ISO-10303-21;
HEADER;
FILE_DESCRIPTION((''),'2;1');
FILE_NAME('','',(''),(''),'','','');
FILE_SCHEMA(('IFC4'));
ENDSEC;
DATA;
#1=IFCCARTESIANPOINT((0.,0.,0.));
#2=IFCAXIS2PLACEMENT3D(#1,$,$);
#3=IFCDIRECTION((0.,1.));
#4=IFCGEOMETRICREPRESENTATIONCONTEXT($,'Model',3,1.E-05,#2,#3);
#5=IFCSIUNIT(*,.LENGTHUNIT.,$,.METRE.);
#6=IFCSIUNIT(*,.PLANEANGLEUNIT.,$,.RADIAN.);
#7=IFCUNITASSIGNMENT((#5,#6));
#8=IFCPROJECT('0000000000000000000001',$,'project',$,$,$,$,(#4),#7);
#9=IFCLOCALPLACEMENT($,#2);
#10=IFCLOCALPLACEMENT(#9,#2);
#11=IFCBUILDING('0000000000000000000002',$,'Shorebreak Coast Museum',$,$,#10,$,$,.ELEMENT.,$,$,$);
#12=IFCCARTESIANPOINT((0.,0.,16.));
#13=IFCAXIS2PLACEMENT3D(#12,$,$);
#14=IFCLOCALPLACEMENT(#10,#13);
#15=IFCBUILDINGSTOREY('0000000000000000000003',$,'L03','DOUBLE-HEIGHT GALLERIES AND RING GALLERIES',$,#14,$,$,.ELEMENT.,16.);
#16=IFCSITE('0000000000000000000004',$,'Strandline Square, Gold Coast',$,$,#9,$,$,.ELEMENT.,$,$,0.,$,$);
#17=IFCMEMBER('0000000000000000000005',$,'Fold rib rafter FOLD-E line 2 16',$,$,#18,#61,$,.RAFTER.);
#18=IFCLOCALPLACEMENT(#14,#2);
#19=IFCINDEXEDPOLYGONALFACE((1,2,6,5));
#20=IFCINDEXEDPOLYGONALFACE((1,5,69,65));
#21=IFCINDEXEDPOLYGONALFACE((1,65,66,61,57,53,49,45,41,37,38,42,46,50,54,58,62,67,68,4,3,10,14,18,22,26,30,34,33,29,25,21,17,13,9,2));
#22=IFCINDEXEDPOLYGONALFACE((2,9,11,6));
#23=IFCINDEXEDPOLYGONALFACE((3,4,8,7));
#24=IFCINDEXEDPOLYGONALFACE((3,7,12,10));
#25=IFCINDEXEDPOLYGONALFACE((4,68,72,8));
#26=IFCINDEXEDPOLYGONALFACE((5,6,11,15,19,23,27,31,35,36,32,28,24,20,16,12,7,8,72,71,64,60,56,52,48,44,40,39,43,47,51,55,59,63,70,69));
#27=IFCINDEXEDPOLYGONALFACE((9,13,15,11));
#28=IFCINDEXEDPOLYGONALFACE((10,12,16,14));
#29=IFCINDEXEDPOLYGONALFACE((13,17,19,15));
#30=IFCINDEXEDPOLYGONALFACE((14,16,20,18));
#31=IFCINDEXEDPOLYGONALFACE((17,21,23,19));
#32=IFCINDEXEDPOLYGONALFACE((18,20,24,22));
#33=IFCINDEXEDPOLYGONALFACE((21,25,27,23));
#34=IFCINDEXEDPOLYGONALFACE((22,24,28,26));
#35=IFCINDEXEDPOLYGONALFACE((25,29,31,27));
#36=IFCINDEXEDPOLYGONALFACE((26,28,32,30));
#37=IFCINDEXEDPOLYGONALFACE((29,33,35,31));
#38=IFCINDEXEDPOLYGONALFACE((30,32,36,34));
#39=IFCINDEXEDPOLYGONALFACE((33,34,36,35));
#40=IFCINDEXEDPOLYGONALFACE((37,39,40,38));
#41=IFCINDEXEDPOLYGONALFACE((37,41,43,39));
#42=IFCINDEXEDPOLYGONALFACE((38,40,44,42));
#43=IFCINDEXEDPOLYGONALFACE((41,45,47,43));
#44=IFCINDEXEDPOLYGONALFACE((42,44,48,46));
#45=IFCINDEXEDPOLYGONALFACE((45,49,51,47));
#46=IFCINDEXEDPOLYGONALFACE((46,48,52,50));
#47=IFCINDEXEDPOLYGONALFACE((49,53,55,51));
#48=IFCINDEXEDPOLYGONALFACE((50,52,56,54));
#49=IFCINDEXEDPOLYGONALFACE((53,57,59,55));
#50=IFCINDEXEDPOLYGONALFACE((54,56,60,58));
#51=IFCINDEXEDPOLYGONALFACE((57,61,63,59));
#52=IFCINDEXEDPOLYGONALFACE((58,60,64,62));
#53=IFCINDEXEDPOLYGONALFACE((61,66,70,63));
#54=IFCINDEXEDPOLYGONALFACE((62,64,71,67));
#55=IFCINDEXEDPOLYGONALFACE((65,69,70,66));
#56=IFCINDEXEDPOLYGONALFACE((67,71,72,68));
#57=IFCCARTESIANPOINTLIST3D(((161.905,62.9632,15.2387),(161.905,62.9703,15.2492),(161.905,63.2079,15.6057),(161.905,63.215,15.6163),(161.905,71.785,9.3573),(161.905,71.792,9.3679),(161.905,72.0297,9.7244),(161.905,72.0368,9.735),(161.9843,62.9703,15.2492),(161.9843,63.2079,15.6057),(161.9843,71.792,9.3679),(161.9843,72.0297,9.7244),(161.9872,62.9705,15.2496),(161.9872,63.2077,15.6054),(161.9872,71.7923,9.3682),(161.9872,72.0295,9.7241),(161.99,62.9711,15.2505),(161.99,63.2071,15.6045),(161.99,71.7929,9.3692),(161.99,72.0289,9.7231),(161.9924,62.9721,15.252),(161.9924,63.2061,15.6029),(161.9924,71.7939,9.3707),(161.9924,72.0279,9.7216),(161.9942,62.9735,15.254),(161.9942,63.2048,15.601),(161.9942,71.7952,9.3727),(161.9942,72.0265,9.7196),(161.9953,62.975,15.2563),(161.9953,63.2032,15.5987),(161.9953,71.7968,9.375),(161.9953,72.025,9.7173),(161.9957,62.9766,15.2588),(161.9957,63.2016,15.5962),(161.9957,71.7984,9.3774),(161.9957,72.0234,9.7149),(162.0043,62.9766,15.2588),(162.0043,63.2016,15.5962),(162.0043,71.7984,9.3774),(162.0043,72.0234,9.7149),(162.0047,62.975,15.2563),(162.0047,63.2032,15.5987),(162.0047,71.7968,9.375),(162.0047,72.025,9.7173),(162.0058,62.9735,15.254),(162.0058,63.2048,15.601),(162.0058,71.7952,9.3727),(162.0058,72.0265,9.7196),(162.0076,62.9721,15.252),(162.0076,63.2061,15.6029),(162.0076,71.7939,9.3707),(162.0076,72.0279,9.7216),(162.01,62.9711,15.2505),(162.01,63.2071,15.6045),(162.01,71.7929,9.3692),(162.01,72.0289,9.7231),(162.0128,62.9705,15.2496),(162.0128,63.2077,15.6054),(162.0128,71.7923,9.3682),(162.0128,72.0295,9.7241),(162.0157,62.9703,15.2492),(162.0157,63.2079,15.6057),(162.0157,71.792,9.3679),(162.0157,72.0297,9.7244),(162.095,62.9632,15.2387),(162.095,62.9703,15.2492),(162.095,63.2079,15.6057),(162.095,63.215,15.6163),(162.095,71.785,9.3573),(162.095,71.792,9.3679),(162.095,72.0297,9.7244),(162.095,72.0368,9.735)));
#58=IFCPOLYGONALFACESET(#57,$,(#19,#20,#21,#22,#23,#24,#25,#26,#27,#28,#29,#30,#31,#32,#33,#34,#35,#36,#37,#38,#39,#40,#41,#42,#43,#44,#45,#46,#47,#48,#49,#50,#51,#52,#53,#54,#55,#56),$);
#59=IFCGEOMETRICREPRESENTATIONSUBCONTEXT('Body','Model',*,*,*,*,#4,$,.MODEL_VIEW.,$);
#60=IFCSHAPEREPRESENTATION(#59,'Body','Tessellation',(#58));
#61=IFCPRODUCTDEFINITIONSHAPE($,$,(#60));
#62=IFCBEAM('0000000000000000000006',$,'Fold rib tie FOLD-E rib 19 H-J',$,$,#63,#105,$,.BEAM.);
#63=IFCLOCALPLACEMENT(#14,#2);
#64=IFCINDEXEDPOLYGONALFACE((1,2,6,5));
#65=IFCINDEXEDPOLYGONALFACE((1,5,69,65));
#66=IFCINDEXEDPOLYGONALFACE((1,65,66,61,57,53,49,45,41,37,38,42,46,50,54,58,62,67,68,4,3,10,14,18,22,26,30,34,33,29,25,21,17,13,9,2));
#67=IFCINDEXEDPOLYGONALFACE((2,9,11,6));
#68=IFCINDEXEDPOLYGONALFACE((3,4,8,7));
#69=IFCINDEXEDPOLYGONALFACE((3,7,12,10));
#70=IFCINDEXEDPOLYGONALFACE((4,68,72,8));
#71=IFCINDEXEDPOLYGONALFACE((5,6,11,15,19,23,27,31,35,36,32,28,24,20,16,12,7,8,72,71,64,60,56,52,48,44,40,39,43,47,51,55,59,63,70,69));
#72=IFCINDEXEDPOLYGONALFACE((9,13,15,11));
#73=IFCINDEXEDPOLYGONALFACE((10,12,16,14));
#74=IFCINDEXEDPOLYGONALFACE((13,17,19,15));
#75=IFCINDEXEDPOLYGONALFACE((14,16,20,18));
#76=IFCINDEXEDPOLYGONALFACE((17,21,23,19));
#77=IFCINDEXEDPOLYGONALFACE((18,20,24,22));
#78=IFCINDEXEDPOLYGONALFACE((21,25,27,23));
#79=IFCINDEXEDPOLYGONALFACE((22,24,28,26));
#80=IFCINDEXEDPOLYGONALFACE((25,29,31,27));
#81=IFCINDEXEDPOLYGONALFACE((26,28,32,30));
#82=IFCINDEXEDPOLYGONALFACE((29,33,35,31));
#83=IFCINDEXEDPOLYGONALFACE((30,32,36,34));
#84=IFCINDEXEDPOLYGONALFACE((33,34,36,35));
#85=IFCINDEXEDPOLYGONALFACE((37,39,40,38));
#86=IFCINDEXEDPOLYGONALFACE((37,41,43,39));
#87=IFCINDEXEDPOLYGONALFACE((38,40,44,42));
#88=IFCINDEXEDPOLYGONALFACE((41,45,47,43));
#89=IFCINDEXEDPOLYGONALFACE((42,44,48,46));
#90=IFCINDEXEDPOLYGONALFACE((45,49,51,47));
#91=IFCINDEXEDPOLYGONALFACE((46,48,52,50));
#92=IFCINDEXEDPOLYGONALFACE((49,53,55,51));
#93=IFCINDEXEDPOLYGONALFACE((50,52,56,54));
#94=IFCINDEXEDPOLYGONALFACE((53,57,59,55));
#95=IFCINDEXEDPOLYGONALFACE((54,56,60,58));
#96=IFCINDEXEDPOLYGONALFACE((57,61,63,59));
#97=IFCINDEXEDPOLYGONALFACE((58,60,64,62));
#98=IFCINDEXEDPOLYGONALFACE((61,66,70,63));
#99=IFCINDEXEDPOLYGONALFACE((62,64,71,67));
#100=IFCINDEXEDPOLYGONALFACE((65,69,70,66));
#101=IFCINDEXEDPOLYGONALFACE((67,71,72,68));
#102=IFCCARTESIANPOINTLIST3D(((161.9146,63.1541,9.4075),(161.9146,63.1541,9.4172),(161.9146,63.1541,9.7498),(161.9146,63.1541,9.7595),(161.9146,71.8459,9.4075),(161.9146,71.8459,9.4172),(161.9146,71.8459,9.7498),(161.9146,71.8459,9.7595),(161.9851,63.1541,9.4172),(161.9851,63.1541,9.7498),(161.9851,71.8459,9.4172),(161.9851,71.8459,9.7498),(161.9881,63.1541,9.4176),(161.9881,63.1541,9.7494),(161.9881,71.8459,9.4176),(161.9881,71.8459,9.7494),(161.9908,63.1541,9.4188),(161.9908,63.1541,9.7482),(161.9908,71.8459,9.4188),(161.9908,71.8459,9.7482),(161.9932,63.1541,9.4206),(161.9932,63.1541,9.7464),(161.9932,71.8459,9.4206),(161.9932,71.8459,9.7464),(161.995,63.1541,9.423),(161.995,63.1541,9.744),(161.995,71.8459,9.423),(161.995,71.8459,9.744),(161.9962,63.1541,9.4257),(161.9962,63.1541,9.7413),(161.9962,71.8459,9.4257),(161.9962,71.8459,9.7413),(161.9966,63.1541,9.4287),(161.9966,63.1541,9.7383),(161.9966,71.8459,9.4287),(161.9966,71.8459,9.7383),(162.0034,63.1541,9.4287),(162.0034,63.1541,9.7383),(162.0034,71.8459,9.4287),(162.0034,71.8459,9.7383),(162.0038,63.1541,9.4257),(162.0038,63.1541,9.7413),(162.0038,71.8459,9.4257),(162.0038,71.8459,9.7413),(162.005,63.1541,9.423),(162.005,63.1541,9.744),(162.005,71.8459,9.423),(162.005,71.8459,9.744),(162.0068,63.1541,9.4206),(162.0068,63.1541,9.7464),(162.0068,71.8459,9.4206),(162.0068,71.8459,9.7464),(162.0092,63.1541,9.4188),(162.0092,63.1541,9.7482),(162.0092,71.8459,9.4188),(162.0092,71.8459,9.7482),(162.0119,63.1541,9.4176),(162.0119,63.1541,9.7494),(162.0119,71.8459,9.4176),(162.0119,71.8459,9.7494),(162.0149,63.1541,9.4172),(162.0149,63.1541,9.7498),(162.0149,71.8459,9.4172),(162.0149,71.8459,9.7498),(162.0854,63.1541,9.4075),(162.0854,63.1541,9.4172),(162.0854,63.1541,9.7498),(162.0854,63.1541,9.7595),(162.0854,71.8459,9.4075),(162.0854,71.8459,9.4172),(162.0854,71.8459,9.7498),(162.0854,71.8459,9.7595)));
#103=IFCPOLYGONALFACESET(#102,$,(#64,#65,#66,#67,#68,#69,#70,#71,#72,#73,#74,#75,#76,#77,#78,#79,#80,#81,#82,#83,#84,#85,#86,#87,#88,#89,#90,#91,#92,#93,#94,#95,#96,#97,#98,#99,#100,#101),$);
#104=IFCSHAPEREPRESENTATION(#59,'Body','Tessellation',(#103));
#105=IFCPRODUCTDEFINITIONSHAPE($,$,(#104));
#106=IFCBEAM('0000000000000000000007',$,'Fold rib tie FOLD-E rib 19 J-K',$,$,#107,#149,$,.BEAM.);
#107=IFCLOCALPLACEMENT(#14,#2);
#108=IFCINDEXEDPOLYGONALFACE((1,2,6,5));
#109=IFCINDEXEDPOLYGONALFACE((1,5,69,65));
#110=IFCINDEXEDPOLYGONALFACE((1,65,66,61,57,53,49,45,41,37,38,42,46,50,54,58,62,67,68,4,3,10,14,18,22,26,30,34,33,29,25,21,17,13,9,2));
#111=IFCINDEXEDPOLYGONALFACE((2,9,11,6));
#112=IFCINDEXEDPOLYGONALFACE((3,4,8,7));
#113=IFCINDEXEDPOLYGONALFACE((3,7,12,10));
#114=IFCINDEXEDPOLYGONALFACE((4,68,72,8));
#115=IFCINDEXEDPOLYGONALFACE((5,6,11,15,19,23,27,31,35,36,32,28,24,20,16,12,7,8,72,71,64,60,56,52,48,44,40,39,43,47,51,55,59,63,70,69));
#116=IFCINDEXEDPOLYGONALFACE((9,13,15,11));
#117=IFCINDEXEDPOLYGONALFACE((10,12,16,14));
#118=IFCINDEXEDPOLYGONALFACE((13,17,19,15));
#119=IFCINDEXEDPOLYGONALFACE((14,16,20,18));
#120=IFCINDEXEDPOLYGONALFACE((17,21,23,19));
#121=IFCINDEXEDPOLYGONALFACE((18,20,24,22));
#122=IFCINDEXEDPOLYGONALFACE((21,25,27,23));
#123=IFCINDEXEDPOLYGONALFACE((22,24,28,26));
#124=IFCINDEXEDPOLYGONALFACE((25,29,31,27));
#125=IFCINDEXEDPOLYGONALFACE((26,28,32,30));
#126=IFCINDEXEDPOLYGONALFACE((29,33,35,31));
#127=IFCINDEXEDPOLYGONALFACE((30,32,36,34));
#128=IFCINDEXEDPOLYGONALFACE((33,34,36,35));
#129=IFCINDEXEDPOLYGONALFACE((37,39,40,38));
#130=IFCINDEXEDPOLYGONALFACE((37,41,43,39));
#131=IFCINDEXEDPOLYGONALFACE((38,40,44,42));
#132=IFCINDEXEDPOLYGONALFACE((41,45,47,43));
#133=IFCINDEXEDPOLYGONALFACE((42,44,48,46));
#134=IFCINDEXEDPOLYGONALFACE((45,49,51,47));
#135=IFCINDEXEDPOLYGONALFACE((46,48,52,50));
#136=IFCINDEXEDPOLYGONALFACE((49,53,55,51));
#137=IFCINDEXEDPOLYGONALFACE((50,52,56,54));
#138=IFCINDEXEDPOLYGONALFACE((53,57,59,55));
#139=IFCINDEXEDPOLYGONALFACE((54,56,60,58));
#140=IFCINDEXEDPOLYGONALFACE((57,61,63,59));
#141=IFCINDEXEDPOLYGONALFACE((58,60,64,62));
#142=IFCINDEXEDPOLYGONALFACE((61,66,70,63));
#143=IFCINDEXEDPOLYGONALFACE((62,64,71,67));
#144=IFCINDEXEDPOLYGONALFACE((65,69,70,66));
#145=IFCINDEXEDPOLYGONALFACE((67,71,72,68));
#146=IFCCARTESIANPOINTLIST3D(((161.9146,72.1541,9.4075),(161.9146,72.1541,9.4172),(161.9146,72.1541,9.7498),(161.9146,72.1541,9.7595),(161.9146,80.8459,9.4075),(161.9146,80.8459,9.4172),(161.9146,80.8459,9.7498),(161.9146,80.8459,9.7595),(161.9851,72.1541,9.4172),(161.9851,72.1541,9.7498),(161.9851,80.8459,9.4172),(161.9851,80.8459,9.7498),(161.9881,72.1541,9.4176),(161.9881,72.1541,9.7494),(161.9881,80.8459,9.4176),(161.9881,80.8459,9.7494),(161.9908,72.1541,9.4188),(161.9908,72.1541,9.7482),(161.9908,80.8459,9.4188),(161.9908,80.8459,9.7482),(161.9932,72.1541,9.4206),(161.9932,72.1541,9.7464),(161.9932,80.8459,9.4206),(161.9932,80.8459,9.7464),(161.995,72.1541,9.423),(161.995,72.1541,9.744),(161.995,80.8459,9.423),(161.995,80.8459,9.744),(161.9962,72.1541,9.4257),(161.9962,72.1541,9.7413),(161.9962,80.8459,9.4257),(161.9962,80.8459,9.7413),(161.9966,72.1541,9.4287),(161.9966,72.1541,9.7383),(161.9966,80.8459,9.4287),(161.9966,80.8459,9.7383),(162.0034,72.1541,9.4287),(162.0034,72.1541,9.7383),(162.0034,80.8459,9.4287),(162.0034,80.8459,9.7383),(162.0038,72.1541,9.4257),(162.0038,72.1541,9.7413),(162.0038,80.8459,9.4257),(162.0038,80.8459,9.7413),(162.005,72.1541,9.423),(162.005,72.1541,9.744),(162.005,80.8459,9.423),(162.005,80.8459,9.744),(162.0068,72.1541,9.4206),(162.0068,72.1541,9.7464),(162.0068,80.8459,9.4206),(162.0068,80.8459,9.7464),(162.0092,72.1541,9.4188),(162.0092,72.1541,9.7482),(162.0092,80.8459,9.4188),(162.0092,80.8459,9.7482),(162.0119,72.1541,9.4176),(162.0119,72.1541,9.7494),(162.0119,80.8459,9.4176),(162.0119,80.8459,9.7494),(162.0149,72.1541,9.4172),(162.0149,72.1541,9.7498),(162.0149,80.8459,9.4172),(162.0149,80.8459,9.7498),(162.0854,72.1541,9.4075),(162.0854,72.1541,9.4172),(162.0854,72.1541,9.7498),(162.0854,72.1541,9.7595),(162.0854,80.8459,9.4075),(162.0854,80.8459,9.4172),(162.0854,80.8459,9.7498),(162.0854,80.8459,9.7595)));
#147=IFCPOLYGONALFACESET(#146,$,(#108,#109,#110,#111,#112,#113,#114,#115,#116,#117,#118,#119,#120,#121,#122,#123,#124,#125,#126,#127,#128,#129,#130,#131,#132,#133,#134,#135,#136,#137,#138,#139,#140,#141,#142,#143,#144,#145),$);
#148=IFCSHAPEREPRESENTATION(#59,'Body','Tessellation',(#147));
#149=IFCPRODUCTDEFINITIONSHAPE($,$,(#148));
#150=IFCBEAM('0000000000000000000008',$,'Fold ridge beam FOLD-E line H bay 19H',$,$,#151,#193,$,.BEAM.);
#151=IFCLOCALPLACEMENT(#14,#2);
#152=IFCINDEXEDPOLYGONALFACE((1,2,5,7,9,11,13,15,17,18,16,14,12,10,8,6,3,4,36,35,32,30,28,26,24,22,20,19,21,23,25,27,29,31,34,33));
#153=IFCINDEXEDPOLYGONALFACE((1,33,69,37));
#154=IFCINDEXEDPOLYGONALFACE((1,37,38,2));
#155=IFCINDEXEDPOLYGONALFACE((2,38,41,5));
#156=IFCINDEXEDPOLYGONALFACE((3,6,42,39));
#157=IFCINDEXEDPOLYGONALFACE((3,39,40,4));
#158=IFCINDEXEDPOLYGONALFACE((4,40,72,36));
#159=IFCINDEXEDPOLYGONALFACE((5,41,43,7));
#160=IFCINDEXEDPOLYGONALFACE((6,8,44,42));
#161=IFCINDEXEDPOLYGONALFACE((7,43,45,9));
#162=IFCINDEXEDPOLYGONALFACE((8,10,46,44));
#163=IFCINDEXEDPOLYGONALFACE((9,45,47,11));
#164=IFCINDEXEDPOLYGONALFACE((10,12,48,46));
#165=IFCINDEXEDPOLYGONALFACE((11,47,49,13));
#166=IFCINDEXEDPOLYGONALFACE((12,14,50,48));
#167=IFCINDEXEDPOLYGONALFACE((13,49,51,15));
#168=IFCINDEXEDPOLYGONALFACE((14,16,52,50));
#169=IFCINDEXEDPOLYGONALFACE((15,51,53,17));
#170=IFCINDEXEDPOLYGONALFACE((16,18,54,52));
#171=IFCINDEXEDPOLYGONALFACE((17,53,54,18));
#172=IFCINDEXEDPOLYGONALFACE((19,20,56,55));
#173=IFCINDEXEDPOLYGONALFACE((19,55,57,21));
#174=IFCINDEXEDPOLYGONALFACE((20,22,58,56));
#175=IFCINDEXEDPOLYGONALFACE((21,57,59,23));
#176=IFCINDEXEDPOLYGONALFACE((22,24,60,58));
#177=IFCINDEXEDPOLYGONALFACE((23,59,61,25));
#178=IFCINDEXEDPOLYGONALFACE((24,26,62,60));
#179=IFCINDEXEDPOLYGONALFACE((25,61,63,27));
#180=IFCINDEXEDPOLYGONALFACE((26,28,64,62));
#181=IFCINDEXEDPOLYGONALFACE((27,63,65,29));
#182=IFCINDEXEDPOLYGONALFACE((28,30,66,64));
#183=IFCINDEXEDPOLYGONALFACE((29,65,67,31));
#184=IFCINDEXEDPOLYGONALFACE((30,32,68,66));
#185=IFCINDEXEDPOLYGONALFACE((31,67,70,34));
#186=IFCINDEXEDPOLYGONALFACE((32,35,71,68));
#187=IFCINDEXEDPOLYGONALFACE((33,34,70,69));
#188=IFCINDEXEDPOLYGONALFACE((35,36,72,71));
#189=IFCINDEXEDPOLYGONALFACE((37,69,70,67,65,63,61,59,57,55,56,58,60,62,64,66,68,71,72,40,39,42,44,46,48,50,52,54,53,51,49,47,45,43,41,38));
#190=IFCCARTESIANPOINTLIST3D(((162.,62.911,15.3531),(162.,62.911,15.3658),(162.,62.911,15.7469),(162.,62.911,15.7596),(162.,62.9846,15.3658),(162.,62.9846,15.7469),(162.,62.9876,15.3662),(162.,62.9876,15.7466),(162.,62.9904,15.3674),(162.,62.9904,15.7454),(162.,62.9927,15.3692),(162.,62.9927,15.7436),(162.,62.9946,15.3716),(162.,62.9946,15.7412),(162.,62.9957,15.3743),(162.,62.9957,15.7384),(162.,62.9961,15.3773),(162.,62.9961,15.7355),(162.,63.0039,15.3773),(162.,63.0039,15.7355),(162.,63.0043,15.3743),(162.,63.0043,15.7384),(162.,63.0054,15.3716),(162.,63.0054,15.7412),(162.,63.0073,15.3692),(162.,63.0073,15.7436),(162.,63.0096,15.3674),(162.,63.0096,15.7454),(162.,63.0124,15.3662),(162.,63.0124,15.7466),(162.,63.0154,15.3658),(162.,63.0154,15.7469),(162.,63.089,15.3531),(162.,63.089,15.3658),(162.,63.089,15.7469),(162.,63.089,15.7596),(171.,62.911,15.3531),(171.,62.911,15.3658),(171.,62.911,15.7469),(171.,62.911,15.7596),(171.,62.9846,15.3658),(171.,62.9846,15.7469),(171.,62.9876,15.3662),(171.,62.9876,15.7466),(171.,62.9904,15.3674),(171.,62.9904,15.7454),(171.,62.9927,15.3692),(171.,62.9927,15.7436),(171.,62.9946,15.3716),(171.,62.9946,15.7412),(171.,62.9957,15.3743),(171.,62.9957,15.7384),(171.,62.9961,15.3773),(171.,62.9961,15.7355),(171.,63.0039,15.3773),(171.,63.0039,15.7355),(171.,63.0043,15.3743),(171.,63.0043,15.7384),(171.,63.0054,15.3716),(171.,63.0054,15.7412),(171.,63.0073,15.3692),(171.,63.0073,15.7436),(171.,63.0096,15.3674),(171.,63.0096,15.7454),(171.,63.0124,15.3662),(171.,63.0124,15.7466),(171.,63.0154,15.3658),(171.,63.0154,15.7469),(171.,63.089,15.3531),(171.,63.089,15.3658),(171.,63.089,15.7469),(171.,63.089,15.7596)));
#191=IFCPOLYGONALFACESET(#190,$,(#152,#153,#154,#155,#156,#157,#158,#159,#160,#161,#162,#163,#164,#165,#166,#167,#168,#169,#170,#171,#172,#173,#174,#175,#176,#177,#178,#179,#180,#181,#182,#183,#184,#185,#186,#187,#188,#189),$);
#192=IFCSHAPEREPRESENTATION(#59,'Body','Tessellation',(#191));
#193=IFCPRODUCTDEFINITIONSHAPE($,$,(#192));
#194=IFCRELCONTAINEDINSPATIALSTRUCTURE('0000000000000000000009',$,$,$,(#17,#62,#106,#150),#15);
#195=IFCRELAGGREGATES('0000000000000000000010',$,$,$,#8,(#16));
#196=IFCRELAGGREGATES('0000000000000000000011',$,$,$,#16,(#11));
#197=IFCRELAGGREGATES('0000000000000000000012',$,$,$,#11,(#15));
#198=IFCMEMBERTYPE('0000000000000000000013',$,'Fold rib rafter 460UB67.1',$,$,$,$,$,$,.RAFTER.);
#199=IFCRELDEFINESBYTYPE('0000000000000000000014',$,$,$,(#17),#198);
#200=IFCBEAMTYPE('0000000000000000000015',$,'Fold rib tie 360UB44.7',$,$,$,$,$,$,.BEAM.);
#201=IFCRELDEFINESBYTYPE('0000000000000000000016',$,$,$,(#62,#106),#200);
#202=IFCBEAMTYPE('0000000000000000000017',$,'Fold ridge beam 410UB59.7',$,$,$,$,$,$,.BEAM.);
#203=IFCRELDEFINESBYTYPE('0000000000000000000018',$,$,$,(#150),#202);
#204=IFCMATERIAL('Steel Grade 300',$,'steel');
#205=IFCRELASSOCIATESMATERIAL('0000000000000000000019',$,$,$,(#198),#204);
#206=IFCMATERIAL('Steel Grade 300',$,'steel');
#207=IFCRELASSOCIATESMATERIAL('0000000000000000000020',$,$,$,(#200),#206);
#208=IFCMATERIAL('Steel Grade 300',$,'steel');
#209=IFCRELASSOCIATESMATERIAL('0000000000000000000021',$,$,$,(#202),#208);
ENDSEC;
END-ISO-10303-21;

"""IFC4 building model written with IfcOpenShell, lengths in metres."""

from ifc_helpers import new_model, si_unit, direction, frame, origin, origin_2d, place, context, subcontext, project, spatial, i_section, extrude, material, material_profile, profile_set, type_object, element, save


model = new_model("IFC4")

# Units and contexts
model_context = context("Model", 3, precision=1e-05, world=origin(), true_north=direction((0.0, 1.0)))
body_context = subcontext(model_context, "Body", "Model", "MODEL_VIEW")
ifc_project = project(units=[si_unit("LENGTHUNIT", "METRE"), si_unit("PLANEANGLEUNIT", "RADIAN")], contexts=[model_context])

# Site, building, storey
site_placement = place(None, origin())
site = spatial("IfcSite", under=ifc_project, at=site_placement, Name="Strandline Square, Gold Coast", CompositionType="ELEMENT", RefElevation=0.0)
building_placement = place(site_placement, origin())
building = spatial("IfcBuilding", under=site, at=building_placement, Name="Shorebreak Coast Museum", CompositionType="ELEMENT")
storey_placement = place(building_placement, frame((0.0, 0.0, 16.0)))
storey = spatial("IfcBuildingStorey", under=building, at=storey_placement, Name="L03", Description="DOUBLE-HEIGHT GALLERIES AND RING GALLERIES", CompositionType="ELEMENT", Elevation=16.0)

# Member
ifc_material_1 = material(Name="Steel Grade 300", Category="steel")
ifc_material_profile_1 = material_profile(ifc_material_1, i_section(OverallWidth=0.1899, OverallDepth=0.4539, WebThickness=0.0085, FlangeThickness=0.0127, FilletRadius=0.0115, at=origin_2d()), Name="460UB67.1")
ifc_profile_set_1 = profile_set([ifc_material_profile_1], Name="Steel Grade 300")
member_type_1 = type_object("IfcMemberType", Name="Fold rib rafter 460UB67.1", PredefinedType="RAFTER", material=ifc_profile_set_1)
member_placement = place(storey_placement, frame((162.0, 63.0891, 15.4275), z_axis=(0.0, 0.832043, -0.554711), x_axis=(-1.0, 0.0, 0.0)))
element("IfcMember", 1, at=member_placement, inside=storey, type_object=member_type_1, Name="Fold rib rafter FOLD-E line 2 16", PredefinedType="RAFTER", context=body_context, shape_type="SweptSolid", body=[
    extrude(i_section(OverallWidth=0.1899, OverallDepth=0.4539, WebThickness=0.0085, FlangeThickness=0.0127, FilletRadius=0.0115, at=origin_2d()), origin(), (0.0, 0.0, 1.0), 10.6025),
])

# Beams
ifc_material_2 = material(Name="Steel Grade 300", Category="steel")
ifc_material_profile_2 = material_profile(ifc_material_2, i_section(OverallWidth=0.1709, OverallDepth=0.3521, WebThickness=0.0068, FlangeThickness=0.0098, FilletRadius=0.0115, at=origin_2d()), Name="360UB44.7")
ifc_profile_set_2 = profile_set([ifc_material_profile_2], Name="Steel Grade 300")
beam_type_1 = type_object("IfcBeamType", Name="Fold rib tie 360UB44.7", PredefinedType="BEAM", material=ifc_profile_set_2)
for number, where, z_axis, x_axis, name in (
    (2, (162.0, 63.1541, 9.5835), (0.0, 1.0, 0.0), (-1.0, 0.0, 0.0), "Fold rib tie FOLD-E rib 19 H-J"),
    (3, (162.0, 72.1541, 9.5835), (0.0, 1.0, 0.0), (-1.0, 0.0, 0.0), "Fold rib tie FOLD-E rib 19 J-K"),
):
    element("IfcBeam", number, at=place(storey_placement, frame(where, z_axis=z_axis, x_axis=x_axis)), inside=storey, type_object=beam_type_1, Name=name, PredefinedType="BEAM", context=body_context, shape_type="SweptSolid", body=[
        extrude(i_section(OverallWidth=0.1709, OverallDepth=0.3521, WebThickness=0.0068, FlangeThickness=0.0098, FilletRadius=0.0115, at=origin_2d()), origin(), (0.0, 0.0, 1.0), 8.6919),
    ])
ifc_material_3 = material(Name="Steel Grade 300", Category="steel")
ifc_material_profile_3 = material_profile(ifc_material_3, i_section(OverallWidth=0.178, OverallDepth=0.4065, WebThickness=0.0078, FlangeThickness=0.0127, FilletRadius=0.0115, at=origin_2d()), Name="410UB59.7")
ifc_profile_set_3 = profile_set([ifc_material_profile_3], Name="Steel Grade 300")
beam_type_2 = type_object("IfcBeamType", Name="Fold ridge beam 410UB59.7", PredefinedType="BEAM", material=ifc_profile_set_3)
beam_1_placement = place(storey_placement, frame((162.0, 63.0, 15.5564), z_axis=(1.0, 0.0, 0.0), x_axis=(0.0, 1.0, 0.0)))
element("IfcBeam", 4, at=beam_1_placement, inside=storey, type_object=beam_type_2, Name="Fold ridge beam FOLD-E line H bay 19H", PredefinedType="BEAM", context=body_context, shape_type="SweptSolid", body=[
    extrude(i_section(OverallWidth=0.178, OverallDepth=0.4065, WebThickness=0.0078, FlangeThickness=0.0127, FilletRadius=0.0115, at=origin_2d()), origin(), (0.0, 0.0, 1.0), 9.0),
])

save(model, "model.ifc")
